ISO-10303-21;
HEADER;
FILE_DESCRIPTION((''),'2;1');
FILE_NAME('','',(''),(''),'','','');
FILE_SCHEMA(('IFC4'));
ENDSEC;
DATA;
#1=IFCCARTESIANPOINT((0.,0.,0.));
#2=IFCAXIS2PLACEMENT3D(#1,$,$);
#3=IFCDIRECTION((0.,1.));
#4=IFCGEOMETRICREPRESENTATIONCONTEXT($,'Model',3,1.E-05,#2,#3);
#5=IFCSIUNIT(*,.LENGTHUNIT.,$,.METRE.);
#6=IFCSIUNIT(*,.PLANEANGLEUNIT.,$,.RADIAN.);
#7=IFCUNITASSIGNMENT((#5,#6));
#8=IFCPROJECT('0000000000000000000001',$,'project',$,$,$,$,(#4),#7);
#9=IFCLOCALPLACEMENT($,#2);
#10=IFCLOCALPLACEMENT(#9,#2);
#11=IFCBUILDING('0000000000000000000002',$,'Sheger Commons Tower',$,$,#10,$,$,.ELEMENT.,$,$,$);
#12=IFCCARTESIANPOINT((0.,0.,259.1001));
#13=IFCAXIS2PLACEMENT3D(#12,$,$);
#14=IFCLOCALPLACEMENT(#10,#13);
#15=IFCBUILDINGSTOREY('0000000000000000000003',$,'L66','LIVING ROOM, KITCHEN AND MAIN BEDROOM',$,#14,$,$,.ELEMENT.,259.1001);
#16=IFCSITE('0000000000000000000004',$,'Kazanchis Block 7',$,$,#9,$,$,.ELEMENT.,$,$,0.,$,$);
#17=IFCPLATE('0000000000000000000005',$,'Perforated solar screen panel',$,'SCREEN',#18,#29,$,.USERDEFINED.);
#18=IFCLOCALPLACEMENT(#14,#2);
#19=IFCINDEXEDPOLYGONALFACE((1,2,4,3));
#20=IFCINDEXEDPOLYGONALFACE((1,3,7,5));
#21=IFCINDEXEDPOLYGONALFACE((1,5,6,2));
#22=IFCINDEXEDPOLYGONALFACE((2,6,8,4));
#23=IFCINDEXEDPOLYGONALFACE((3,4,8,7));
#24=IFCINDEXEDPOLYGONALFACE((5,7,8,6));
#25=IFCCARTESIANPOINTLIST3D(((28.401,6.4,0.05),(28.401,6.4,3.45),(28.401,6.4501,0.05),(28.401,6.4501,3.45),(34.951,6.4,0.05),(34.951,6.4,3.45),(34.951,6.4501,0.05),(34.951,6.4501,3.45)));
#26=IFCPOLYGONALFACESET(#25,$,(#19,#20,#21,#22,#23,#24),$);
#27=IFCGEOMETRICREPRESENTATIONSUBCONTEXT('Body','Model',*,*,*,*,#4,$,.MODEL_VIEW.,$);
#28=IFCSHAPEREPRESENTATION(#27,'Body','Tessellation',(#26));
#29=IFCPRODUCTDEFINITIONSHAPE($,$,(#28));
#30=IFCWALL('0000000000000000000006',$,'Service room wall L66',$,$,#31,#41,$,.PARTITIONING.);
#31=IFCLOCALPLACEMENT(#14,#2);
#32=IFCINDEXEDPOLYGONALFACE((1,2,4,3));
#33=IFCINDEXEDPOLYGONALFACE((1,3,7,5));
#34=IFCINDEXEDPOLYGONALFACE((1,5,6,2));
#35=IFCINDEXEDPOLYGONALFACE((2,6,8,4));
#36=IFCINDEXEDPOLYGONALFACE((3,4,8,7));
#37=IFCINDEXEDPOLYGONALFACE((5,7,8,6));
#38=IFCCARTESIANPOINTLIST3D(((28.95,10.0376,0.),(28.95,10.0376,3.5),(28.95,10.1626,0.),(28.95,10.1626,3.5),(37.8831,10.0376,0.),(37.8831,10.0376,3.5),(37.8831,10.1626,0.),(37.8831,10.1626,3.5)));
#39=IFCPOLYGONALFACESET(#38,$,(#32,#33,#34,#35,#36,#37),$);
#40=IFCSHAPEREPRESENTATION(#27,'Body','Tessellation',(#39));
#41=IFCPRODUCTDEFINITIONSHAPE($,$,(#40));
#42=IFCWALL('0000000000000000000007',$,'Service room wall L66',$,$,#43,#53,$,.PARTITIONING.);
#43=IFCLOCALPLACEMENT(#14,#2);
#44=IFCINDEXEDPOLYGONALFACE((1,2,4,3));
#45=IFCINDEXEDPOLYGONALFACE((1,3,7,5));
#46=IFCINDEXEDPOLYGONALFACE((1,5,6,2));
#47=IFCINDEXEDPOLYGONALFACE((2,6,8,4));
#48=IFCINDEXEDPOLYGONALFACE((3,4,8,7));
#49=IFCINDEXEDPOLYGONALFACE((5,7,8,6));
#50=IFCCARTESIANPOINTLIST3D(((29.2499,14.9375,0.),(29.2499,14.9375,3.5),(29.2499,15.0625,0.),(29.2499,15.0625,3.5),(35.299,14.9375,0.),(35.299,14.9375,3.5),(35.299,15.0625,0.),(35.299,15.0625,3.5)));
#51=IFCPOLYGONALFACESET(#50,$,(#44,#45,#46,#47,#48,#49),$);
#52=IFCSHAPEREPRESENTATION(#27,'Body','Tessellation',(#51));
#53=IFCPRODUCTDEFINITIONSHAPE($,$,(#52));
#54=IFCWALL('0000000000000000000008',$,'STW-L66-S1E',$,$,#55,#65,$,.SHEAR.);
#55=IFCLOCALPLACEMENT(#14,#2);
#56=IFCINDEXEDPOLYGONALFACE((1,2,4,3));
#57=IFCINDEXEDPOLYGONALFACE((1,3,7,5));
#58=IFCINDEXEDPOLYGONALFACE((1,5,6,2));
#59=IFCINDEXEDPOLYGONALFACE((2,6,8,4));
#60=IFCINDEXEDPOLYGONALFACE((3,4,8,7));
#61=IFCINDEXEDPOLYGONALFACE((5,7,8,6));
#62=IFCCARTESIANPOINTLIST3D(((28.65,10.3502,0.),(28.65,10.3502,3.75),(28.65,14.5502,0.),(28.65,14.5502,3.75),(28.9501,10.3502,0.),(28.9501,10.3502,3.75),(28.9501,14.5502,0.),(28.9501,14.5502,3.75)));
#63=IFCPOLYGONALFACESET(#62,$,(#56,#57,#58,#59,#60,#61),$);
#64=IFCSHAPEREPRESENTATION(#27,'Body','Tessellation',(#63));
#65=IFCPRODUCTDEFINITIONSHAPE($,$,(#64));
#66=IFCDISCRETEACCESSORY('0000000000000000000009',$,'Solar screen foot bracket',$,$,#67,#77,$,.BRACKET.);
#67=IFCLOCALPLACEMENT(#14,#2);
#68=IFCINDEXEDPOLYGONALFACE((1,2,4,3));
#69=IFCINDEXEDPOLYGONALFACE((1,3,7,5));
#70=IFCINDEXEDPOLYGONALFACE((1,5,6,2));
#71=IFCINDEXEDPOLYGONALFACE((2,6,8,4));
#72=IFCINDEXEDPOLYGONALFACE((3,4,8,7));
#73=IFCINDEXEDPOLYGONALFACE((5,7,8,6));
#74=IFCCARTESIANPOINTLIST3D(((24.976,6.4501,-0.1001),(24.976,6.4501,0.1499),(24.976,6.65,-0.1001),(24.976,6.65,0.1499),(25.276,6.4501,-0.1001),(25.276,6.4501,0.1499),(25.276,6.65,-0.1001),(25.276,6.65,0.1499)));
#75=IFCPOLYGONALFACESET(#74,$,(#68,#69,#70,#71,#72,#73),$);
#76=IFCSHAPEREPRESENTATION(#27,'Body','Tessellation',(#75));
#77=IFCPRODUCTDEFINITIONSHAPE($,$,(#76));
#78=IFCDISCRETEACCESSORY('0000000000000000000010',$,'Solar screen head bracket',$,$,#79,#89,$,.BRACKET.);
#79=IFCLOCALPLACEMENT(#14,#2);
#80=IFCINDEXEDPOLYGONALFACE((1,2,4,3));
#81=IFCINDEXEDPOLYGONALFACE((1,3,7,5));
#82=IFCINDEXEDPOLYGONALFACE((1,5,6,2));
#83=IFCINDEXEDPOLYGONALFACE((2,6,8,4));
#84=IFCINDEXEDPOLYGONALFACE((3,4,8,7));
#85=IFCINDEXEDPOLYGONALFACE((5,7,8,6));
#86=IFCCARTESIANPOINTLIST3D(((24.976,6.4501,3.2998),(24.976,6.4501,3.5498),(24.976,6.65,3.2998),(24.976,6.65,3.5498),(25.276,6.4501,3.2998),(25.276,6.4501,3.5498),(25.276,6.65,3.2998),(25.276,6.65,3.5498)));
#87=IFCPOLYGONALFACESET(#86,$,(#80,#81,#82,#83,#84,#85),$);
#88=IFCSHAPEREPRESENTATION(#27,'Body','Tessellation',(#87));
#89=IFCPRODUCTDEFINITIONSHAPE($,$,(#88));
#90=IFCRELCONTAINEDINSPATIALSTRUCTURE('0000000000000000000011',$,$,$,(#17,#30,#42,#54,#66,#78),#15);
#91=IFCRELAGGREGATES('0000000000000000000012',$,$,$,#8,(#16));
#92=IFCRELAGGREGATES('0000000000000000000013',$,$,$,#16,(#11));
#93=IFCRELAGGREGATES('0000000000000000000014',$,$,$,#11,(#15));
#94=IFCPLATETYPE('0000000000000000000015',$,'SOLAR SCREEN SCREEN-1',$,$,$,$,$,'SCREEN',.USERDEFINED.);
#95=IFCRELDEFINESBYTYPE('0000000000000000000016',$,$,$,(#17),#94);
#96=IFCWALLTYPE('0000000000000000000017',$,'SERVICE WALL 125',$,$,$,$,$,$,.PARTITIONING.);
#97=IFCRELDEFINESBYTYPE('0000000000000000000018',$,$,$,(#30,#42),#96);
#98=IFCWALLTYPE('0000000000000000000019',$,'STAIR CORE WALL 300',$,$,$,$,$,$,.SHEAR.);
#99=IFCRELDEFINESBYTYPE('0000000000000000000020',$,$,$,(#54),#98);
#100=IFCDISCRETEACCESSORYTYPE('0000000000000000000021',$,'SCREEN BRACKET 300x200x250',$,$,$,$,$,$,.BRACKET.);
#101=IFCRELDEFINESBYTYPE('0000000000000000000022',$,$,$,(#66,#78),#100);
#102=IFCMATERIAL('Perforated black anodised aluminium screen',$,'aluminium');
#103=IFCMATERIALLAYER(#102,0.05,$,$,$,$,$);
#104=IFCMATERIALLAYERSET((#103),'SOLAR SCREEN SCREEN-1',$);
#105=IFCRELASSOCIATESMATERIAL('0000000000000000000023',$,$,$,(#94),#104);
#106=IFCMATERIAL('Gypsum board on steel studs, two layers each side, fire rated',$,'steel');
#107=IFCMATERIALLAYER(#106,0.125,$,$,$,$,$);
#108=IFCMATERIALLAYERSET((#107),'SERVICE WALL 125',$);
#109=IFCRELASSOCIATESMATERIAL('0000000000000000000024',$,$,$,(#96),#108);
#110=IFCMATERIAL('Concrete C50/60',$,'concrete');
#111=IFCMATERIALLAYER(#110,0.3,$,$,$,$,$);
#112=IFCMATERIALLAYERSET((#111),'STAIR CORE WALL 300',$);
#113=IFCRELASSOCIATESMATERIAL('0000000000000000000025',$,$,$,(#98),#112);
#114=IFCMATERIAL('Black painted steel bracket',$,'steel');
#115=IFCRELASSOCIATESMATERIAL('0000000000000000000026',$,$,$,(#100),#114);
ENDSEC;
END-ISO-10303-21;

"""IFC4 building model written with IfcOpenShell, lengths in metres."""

from ifc_helpers import new_model, si_unit, direction, frame, frame_2d, origin, origin_2d, place, context, subcontext, project, spatial, rectangle, extrude, material, layer, layer_set, type_object, element, save


model = new_model("IFC4")

# Units and contexts
model_context = context("Model", 3, precision=1e-05, world=origin(), true_north=direction((0.0, 1.0)))
body_context = subcontext(model_context, "Body", "Model", "MODEL_VIEW")
ifc_project = project(units=[si_unit("LENGTHUNIT", "METRE"), si_unit("PLANEANGLEUNIT", "RADIAN")], contexts=[model_context])

# Site, building, storey
site_placement = place(None, origin())
site = spatial("IfcSite", under=ifc_project, at=site_placement, Name="Kazanchis Block 7", CompositionType="ELEMENT", RefElevation=0.0)
building_placement = place(site_placement, origin())
building = spatial("IfcBuilding", under=site, at=building_placement, Name="Sheger Commons Tower", CompositionType="ELEMENT")
storey_placement = place(building_placement, frame((0.0, 0.0, 259.1001)))
storey = spatial("IfcBuildingStorey", under=building, at=storey_placement, Name="L66", Description="LIVING ROOM, KITCHEN AND MAIN BEDROOM", CompositionType="ELEMENT", Elevation=259.1001)

# Plate
ifc_material_1 = material(Name="Perforated black anodised aluminium screen", Category="aluminium")
ifc_layer_1 = layer(ifc_material_1, 0.05)
ifc_layer_set_1 = layer_set([ifc_layer_1], Name="SOLAR SCREEN SCREEN-1")
plate_type_1 = type_object("IfcPlateType", Name="SOLAR SCREEN SCREEN-1", ElementType="SCREEN", PredefinedType="USERDEFINED", material=ifc_layer_set_1)
for number, where, z_axis, x_axis, name in (
    (1, (31.676, 6.425, 0.05), (0.0, 0.0, 1.0), (1.0, 0.0, 0.0), "Perforated solar screen panel"),
):
    element("IfcPlate", number, at=place(storey_placement, frame(where, z_axis=z_axis, x_axis=x_axis)), inside=storey, type_object=plate_type_1, Name=name, ObjectType="SCREEN", PredefinedType="USERDEFINED", context=body_context, shape_type="SweptSolid", body=[
        extrude(rectangle(XDim=6.55, YDim=0.05, at=origin_2d()), origin(), (0.0, 0.0, 1.0), 3.3999),
    ])

# Walls
ifc_material_2 = material(Name="Gypsum board on steel studs, two layers each side, fire rated", Category="steel")
ifc_layer_2 = layer(ifc_material_2, 0.125)
ifc_layer_set_2 = layer_set([ifc_layer_2], Name="SERVICE WALL 125")
wall_type_1 = type_object("IfcWallType", Name="SERVICE WALL 125", PredefinedType="PARTITIONING", material=ifc_layer_set_2)
wall_1_placement = place(storey_placement, frame((28.95, 10.1001, 0.0), z_axis=(0.0, 0.0, 1.0), x_axis=(1.0, 0.0, 0.0)))
element("IfcWall", 2, at=wall_1_placement, inside=storey, type_object=wall_type_1, Name="Service room wall L66", PredefinedType="PARTITIONING", context=body_context, shape_type="SweptSolid", body=[
    extrude(rectangle(XDim=8.9331, YDim=0.125, at=frame_2d((4.4666, 0.0))), origin(), (0.0, 0.0, 1.0), 3.5),
])
wall_2_placement = place(storey_placement, frame((29.25, 15.0, 0.0), z_axis=(0.0, 0.0, 1.0), x_axis=(1.0, 0.0, 0.0)))
element("IfcWall", 3, at=wall_2_placement, inside=storey, type_object=wall_type_1, Name="Service room wall L66", PredefinedType="PARTITIONING", context=body_context, shape_type="SweptSolid", body=[
    extrude(rectangle(XDim=6.0491, YDim=0.125, at=frame_2d((3.0244, 0.0))), origin(), (0.0, 0.0, 1.0), 3.5),
])
ifc_material_3 = material(Name="Concrete C50/60", Category="concrete")
ifc_layer_3 = layer(ifc_material_3, 0.3)
ifc_layer_set_3 = layer_set([ifc_layer_3], Name="STAIR CORE WALL 300")
wall_type_2 = type_object("IfcWallType", Name="STAIR CORE WALL 300", PredefinedType="SHEAR", material=ifc_layer_set_3)
wall_3_placement = place(storey_placement, frame((28.8, 10.3501, 0.0), z_axis=(0.0, 0.0, 1.0), x_axis=(0.0, 1.0, 0.0)))
element("IfcWall", 4, at=wall_3_placement, inside=storey, type_object=wall_type_2, Name="STW-L66-S1E", PredefinedType="SHEAR", context=body_context, shape_type="SweptSolid", body=[
    extrude(rectangle(XDim=4.2, YDim=0.3, at=frame_2d((2.1001, 0.0))), origin(), (0.0, 0.0, 1.0), 3.75),
])

# Discrete accessories
ifc_material_4 = material(Name="Black painted steel bracket", Category="steel")
discrete_accessory_type = type_object("IfcDiscreteAccessoryType", Name="SCREEN BRACKET 300x200x250", PredefinedType="BRACKET", material=ifc_material_4)
for number, where, z_axis, x_axis, name in (
    (5, (25.126, 6.55, -0.1001), (0.0, 0.0, 1.0), (1.0, 0.0, 0.0), "Solar screen foot bracket"),
    (6, (25.126, 6.55, 3.2998), (0.0, 0.0, 1.0), (1.0, 0.0, 0.0), "Solar screen head bracket"),
):
    element("IfcDiscreteAccessory", number, at=place(storey_placement, frame(where, z_axis=z_axis, x_axis=x_axis)), inside=storey, type_object=discrete_accessory_type, Name=name, PredefinedType="BRACKET", context=body_context, shape_type="SweptSolid", body=[
        extrude(rectangle(XDim=0.3, YDim=0.2, at=origin_2d()), origin(), (0.0, 0.0, 1.0), 0.25),
    ])

save(model, "model.ifc")
